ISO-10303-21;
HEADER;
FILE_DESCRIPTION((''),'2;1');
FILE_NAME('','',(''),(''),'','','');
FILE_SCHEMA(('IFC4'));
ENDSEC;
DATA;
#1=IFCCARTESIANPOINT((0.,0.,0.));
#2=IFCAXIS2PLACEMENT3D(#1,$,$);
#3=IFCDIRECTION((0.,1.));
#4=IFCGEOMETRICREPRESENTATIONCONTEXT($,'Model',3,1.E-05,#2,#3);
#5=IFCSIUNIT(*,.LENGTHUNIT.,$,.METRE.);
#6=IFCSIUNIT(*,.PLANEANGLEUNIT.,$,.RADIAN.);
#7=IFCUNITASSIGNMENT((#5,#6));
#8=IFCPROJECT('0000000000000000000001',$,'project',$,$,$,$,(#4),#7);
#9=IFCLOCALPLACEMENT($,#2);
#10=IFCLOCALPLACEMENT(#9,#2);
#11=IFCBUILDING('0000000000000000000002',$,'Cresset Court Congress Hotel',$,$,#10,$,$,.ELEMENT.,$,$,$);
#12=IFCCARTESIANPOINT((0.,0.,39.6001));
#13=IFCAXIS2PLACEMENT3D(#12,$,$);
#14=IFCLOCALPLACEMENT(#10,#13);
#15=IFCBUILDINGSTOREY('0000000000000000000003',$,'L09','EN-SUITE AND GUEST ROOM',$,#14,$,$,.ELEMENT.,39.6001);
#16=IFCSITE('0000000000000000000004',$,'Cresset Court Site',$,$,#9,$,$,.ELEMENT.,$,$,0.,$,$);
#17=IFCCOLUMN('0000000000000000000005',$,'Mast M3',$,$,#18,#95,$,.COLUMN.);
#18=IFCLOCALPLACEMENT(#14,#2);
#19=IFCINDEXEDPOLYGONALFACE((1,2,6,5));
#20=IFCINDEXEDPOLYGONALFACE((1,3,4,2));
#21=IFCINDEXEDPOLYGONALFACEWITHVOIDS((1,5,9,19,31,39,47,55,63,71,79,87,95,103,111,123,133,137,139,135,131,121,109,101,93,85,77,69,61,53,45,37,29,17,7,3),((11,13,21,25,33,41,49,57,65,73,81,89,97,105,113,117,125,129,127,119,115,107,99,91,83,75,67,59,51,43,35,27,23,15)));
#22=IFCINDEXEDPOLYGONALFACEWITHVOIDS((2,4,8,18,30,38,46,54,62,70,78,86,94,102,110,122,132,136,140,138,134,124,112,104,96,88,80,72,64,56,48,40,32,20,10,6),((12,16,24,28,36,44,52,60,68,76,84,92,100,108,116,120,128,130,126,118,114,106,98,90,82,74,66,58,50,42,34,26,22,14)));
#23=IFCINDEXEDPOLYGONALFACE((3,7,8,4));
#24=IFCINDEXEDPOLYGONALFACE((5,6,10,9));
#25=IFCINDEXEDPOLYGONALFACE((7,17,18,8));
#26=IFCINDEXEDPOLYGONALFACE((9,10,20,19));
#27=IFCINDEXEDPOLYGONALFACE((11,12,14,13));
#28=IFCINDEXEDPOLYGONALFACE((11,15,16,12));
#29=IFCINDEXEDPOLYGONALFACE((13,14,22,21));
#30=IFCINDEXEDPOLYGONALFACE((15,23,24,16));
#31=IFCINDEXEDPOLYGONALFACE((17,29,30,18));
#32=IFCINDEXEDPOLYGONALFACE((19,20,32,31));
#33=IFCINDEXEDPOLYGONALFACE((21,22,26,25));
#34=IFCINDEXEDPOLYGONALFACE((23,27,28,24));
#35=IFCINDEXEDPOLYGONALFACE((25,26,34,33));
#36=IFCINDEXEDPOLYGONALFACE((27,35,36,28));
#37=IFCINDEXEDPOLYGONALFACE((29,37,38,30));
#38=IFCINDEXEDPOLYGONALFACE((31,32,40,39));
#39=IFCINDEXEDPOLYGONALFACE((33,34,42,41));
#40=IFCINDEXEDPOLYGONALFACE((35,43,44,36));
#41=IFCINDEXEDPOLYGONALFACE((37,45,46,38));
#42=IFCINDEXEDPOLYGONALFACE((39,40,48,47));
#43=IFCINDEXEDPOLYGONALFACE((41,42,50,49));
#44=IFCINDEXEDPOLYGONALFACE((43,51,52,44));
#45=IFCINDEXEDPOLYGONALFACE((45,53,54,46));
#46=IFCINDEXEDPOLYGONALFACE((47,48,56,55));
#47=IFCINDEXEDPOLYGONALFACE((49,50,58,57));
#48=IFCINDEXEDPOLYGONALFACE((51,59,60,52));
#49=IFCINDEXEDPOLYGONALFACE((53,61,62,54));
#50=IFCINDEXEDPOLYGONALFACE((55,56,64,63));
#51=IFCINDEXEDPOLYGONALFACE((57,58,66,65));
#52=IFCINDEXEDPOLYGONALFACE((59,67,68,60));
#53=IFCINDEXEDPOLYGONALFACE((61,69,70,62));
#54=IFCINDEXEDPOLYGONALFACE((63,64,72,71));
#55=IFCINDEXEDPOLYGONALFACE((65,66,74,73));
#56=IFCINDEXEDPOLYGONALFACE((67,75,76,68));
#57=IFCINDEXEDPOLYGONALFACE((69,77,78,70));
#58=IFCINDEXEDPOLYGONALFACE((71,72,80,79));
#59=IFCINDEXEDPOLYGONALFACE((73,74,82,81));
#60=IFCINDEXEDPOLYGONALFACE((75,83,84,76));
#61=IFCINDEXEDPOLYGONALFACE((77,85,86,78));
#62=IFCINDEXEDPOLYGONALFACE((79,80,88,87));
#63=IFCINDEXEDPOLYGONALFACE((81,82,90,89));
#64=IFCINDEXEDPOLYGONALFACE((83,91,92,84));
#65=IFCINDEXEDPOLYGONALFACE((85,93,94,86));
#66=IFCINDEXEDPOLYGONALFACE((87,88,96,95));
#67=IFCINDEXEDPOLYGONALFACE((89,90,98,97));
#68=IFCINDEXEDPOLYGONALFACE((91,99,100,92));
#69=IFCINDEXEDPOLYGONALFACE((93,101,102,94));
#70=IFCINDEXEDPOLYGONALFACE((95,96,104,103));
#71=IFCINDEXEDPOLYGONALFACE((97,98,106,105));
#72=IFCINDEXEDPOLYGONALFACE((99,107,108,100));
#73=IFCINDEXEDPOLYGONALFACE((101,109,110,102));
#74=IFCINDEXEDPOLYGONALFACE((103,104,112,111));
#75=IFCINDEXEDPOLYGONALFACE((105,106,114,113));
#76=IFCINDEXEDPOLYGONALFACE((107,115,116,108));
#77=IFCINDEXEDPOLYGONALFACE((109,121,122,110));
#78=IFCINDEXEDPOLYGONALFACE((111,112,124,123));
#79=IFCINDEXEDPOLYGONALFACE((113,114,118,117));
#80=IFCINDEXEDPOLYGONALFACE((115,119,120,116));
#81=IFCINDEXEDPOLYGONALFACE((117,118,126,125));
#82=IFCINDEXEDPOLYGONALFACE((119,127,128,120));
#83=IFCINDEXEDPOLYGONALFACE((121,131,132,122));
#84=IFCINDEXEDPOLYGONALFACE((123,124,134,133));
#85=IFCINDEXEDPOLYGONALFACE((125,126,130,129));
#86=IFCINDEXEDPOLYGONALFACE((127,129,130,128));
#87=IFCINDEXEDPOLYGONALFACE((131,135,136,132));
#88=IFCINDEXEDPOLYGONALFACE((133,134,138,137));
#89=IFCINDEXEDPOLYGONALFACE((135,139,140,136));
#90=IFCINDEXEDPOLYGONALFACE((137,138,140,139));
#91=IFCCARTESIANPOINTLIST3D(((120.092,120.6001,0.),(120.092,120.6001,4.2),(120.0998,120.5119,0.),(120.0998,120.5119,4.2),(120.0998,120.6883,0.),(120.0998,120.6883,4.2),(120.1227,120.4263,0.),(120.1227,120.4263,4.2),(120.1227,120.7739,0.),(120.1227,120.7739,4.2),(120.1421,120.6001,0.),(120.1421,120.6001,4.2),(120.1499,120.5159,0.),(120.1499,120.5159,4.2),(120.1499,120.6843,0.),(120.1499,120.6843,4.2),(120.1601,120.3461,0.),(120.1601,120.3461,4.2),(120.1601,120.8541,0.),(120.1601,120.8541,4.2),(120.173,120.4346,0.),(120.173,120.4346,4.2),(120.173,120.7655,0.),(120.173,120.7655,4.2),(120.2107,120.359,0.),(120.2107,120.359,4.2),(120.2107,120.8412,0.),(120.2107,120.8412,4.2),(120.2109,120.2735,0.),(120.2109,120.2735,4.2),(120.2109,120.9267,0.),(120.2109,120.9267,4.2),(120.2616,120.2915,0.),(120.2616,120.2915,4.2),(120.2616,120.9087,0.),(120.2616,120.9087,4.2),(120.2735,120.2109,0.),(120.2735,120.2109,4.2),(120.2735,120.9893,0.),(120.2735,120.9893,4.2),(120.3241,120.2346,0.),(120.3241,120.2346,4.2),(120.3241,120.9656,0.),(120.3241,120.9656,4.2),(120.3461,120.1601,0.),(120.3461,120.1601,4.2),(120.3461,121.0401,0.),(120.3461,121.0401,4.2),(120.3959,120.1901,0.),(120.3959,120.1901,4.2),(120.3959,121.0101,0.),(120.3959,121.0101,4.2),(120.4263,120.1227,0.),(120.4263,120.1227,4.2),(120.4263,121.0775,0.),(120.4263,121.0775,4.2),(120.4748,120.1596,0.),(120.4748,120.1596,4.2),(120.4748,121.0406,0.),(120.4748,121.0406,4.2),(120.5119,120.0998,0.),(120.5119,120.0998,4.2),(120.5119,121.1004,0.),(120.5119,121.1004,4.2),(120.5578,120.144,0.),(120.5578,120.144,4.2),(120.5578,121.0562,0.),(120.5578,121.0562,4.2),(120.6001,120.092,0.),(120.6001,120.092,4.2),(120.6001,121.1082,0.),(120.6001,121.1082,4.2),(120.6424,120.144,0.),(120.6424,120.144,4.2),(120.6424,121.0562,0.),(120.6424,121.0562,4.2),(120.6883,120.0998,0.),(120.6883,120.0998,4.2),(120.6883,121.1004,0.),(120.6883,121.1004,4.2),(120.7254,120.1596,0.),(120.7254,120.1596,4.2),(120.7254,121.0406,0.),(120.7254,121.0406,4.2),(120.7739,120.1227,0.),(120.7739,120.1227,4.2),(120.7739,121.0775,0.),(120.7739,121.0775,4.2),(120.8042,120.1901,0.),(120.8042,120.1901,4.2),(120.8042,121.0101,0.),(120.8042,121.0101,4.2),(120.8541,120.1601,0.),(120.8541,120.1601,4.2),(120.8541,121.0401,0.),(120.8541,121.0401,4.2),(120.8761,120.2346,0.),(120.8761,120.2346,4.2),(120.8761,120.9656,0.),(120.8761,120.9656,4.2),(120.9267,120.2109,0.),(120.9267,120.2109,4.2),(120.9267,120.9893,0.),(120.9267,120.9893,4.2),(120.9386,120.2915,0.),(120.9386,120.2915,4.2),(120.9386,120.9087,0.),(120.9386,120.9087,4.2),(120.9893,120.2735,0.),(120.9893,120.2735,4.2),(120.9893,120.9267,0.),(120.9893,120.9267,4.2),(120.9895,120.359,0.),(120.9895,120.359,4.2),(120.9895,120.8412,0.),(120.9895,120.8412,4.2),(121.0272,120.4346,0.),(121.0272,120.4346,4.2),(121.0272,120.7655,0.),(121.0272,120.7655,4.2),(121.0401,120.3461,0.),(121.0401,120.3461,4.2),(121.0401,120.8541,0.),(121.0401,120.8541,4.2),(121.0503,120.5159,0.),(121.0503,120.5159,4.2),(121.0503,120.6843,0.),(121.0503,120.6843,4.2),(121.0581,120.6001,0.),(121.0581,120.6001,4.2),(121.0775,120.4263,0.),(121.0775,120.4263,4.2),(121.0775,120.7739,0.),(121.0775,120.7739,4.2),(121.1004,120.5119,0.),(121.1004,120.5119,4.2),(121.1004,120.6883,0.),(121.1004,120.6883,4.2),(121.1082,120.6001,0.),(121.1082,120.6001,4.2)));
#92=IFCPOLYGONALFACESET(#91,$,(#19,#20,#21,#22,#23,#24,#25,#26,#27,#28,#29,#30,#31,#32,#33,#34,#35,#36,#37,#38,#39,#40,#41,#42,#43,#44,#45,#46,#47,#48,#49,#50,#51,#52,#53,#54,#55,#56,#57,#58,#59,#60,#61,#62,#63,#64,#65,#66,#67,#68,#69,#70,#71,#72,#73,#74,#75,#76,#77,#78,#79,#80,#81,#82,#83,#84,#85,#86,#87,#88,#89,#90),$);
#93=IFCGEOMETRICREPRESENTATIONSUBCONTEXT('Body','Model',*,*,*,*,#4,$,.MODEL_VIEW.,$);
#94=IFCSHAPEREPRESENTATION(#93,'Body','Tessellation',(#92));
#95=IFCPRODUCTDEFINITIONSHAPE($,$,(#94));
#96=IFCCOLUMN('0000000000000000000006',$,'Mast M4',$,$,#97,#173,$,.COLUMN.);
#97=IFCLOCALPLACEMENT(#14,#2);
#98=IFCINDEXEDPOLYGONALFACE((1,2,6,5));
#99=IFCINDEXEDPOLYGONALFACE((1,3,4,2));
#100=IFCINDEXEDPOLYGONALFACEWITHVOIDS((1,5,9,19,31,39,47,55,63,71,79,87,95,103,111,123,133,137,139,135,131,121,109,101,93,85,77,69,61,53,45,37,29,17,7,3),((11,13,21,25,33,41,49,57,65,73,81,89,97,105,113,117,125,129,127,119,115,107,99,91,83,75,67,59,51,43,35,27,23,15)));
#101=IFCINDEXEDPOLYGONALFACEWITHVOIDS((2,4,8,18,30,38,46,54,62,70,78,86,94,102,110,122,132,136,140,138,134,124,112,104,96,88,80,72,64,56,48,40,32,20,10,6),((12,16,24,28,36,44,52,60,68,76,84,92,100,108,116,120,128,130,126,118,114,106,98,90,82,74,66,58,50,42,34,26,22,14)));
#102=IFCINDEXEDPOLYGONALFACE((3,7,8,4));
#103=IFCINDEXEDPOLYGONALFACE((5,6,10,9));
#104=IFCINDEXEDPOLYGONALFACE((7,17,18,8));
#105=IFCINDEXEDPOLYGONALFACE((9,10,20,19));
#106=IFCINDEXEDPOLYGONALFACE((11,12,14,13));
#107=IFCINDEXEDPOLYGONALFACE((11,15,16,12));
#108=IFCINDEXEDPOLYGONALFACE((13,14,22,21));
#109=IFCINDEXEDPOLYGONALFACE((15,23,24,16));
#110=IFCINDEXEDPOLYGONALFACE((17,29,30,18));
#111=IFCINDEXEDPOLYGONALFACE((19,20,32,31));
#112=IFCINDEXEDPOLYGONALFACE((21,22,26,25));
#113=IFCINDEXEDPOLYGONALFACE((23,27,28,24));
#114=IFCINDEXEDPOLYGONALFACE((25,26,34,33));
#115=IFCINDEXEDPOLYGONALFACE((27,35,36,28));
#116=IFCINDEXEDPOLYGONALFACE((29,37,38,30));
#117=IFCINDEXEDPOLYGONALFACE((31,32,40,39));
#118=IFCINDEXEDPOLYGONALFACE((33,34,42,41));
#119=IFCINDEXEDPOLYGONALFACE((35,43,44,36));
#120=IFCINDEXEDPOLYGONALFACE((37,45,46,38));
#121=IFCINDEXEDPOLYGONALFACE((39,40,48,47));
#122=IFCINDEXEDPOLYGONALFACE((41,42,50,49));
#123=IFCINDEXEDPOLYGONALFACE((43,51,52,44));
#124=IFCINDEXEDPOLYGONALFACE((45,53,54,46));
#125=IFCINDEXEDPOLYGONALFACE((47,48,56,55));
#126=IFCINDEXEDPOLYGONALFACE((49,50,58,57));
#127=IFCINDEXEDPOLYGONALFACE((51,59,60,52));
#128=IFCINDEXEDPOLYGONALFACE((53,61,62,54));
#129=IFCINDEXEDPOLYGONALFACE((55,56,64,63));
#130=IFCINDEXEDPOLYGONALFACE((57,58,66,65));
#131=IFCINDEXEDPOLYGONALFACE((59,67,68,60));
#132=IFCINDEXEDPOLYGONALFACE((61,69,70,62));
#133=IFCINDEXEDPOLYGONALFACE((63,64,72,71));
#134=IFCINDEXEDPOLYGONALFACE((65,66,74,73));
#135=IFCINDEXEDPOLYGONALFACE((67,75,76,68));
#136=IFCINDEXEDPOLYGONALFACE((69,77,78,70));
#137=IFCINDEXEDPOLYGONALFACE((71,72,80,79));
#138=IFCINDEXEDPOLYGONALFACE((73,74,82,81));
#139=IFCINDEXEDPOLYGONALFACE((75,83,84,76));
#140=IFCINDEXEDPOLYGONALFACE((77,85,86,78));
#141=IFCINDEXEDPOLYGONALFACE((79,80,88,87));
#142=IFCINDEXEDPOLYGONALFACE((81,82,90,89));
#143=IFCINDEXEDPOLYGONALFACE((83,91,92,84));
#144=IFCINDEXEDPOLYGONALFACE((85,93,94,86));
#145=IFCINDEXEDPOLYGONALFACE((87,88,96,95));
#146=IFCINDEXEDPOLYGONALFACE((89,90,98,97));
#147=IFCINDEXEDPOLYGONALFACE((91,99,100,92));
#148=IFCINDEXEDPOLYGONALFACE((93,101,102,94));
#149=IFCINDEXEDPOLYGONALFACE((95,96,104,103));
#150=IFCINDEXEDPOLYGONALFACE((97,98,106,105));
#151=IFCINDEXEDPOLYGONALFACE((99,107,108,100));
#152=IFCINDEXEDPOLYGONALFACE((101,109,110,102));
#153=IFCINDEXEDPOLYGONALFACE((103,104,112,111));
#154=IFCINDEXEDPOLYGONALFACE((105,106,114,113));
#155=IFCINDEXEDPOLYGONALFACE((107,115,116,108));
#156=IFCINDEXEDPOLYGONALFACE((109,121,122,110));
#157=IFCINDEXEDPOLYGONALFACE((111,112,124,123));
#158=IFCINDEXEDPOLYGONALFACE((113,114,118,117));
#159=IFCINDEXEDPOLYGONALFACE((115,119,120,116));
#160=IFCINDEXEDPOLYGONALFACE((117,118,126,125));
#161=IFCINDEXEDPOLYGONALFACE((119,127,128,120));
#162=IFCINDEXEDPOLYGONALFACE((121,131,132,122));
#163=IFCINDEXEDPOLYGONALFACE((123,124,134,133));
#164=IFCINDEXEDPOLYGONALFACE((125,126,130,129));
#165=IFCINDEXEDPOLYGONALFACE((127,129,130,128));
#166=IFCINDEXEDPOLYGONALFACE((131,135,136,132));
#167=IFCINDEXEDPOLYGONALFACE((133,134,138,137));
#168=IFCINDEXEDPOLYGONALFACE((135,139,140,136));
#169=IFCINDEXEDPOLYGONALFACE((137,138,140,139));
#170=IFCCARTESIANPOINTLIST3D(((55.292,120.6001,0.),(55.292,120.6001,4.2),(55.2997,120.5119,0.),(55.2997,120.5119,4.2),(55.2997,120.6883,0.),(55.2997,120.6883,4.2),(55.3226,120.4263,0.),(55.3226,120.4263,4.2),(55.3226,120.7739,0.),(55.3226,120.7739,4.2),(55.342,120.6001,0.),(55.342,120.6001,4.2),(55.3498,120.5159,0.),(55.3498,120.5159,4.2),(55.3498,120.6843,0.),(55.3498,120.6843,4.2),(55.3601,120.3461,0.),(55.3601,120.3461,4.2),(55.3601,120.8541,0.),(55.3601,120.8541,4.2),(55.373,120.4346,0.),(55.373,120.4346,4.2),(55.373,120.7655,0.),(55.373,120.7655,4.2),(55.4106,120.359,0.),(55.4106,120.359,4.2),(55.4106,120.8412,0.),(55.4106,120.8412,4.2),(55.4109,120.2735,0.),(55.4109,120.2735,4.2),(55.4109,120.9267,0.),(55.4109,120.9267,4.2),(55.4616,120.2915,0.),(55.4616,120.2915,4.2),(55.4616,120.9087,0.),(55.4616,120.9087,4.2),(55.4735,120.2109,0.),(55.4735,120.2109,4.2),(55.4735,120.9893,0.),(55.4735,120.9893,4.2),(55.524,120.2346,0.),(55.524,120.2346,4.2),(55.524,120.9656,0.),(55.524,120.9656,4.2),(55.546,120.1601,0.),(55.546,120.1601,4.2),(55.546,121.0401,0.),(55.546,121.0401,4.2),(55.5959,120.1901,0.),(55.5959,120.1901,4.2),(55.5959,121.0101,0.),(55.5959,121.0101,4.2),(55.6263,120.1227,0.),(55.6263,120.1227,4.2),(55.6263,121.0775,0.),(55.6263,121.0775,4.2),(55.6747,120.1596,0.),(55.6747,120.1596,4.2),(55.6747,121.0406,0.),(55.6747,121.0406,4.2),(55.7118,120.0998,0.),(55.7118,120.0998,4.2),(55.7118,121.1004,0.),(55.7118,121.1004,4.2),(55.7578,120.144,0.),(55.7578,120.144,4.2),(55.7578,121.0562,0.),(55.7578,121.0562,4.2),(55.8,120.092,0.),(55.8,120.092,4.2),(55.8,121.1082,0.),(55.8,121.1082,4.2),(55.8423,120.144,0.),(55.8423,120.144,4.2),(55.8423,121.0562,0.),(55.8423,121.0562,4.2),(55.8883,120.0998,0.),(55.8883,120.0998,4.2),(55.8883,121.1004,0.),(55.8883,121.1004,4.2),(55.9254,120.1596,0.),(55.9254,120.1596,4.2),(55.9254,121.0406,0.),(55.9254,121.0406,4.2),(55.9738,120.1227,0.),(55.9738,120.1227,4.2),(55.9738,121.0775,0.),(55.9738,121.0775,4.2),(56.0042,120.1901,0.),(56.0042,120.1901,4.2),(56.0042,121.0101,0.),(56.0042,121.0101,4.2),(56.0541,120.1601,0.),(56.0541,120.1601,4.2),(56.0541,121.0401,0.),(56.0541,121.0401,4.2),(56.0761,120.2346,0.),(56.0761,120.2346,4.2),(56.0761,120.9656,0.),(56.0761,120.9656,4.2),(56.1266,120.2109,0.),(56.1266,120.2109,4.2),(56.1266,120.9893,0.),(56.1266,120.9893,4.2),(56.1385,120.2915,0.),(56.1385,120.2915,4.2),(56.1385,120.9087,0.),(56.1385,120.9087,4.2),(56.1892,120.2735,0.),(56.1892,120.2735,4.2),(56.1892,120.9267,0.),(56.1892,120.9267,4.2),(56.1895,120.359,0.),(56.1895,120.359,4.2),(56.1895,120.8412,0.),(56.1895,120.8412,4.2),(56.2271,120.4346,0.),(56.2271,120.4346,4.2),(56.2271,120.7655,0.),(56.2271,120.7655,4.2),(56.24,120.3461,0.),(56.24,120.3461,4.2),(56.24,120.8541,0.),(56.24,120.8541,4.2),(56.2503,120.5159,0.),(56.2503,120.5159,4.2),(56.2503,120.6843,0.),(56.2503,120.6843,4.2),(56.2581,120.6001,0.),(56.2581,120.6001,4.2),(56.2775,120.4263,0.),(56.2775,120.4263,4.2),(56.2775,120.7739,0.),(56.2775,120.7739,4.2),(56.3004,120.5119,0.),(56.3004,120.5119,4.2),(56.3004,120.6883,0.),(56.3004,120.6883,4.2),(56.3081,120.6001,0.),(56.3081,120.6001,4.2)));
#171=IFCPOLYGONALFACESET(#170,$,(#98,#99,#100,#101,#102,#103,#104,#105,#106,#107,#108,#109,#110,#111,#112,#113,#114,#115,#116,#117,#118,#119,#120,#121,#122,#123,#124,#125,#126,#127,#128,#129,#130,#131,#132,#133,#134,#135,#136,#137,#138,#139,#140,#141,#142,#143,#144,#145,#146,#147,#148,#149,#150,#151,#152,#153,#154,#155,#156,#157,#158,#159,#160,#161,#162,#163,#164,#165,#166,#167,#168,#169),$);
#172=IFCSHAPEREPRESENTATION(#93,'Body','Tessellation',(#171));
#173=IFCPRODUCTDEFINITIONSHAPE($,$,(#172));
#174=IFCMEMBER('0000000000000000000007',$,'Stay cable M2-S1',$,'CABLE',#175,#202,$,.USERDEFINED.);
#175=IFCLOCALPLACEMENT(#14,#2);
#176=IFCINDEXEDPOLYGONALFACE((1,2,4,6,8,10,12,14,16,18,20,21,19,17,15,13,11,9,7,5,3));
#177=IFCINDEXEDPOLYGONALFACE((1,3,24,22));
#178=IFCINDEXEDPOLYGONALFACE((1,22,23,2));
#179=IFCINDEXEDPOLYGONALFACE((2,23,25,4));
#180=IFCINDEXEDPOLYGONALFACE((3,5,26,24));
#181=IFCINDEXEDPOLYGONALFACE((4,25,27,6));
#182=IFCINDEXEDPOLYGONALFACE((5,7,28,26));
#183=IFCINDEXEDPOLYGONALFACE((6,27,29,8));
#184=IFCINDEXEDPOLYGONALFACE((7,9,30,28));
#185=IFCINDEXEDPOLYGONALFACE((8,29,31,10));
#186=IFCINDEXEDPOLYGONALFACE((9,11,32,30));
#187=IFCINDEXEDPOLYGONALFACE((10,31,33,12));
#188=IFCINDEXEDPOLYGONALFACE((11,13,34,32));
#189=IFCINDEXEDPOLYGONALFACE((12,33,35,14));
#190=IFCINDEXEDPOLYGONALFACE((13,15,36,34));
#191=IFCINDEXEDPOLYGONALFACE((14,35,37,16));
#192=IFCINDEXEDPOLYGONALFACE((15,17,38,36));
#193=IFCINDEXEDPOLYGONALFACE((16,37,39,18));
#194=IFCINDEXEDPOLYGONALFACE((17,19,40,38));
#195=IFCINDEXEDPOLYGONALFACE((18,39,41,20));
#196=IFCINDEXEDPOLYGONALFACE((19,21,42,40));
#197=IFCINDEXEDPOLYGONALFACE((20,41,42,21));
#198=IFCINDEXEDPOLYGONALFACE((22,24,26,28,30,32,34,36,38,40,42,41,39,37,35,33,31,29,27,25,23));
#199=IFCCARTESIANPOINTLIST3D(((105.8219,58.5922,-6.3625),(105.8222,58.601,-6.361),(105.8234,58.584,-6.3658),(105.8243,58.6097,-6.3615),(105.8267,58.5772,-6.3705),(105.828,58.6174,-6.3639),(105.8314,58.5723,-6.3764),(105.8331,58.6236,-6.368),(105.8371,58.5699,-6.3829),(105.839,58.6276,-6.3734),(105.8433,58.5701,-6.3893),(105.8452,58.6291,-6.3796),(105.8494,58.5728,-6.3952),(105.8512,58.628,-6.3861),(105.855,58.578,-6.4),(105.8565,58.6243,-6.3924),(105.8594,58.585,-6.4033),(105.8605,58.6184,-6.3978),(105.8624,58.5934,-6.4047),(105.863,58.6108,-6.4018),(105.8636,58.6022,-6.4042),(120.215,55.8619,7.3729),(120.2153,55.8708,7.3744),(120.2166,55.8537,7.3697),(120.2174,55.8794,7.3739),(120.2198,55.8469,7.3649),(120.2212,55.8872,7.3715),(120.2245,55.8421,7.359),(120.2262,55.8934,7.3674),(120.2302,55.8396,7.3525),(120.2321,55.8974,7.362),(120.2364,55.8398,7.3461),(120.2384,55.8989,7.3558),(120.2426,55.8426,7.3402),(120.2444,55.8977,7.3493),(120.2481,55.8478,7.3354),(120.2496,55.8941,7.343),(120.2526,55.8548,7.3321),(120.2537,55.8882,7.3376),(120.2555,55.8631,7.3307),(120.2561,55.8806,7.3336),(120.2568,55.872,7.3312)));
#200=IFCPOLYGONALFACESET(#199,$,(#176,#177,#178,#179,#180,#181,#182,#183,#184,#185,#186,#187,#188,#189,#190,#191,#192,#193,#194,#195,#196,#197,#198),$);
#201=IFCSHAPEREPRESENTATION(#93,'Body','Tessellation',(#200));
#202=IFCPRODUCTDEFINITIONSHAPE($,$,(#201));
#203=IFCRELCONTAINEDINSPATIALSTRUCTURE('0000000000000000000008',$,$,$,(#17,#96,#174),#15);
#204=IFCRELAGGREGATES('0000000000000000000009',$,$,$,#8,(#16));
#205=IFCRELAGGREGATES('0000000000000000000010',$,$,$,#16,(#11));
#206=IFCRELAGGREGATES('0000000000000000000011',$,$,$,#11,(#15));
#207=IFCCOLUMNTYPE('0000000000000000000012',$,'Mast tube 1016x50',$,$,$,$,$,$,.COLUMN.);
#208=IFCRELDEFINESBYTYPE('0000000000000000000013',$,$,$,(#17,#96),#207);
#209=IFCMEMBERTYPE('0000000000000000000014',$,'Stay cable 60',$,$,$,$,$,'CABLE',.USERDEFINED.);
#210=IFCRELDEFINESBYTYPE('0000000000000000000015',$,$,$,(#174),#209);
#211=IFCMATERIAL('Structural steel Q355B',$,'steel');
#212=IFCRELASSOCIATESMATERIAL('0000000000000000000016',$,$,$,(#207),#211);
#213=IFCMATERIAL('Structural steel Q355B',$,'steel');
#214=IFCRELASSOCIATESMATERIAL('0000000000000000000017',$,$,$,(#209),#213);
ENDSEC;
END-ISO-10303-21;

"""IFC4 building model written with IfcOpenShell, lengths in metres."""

from ifc_helpers import new_model, si_unit, direction, frame, origin, origin_2d, place, context, subcontext, project, spatial, circle, hollow_circle, extrude, material, material_profile, profile_set, type_object, element, save


model = new_model("IFC4")

# Units and contexts
model_context = context("Model", 3, precision=1e-05, world=origin(), true_north=direction((0.0, 1.0)))
body_context = subcontext(model_context, "Body", "Model", "MODEL_VIEW")
ifc_project = project(units=[si_unit("LENGTHUNIT", "METRE"), si_unit("PLANEANGLEUNIT", "RADIAN")], contexts=[model_context])

# Site, building, storey
site_placement = place(None, origin())
site = spatial("IfcSite", under=ifc_project, at=site_placement, Name="Cresset Court Site", CompositionType="ELEMENT", RefElevation=0.0)
building_placement = place(site_placement, origin())
building = spatial("IfcBuilding", under=site, at=building_placement, Name="Cresset Court Congress Hotel", CompositionType="ELEMENT")
storey_placement = place(building_placement, frame((0.0, 0.0, 39.6001)))
storey = spatial("IfcBuildingStorey", under=building, at=storey_placement, Name="L09", Description="EN-SUITE AND GUEST ROOM", CompositionType="ELEMENT", Elevation=39.6001)

# Columns
ifc_material_1 = material(Name="Structural steel Q355B", Category="steel")
ifc_material_profile_1 = material_profile(ifc_material_1, hollow_circle(Radius=0.5081, WallThickness=0.05, at=origin_2d()), Name="CHS1016x50")
ifc_profile_set_1 = profile_set([ifc_material_profile_1], Name="Structural steel Q355B")
column_type = type_object("IfcColumnType", Name="Mast tube 1016x50", PredefinedType="COLUMN", material=ifc_profile_set_1)
for number, where, z_axis, x_axis, name in (
    (1, (120.6001, 120.6001, 0.0), (0.0, 0.0, 1.0), (1.0, 0.0, 0.0), "Mast M3"),
    (2, (55.8, 120.6001, 0.0), (0.0, 0.0, 1.0), (1.0, 0.0, 0.0), "Mast M4"),
):
    element("IfcColumn", number, at=place(storey_placement, frame(where, z_axis=z_axis, x_axis=x_axis)), inside=storey, type_object=column_type, Name=name, PredefinedType="COLUMN", context=body_context, shape_type="SweptSolid", body=[
        extrude(hollow_circle(Radius=0.5081, WallThickness=0.05, at=origin_2d()), origin(), (0.0, 0.0, 1.0), 4.2),
    ])

# Member
ifc_material_2 = material(Name="Structural steel Q355B", Category="steel")
ifc_material_profile_2 = material_profile(ifc_material_2, circle(Radius=0.03, at=origin_2d()), Name="CABLE60")
ifc_profile_set_2 = profile_set([ifc_material_profile_2], Name="Structural steel Q355B")
member_type = type_object("IfcMemberType", Name="Stay cable 60", ElementType="CABLE", PredefinedType="USERDEFINED", material=ifc_profile_set_2)
for number, where, z_axis, x_axis, name in (
    (3, (120.2358, 55.8691, 7.3525), (-0.716726, 0.135956, -0.683974), (-0.186367, -0.98248, 0.0), "Stay cable M2-S1"),
):
    element("IfcMember", number, at=place(storey_placement, frame(where, z_axis=z_axis, x_axis=x_axis)), inside=storey, type_object=member_type, Name=name, ObjectType="CABLE", PredefinedType="USERDEFINED", context=body_context, shape_type="SweptSolid", body=[
        extrude(circle(Radius=0.03, at=origin_2d()), origin(), (0.0, 0.0, 1.0), 20.0818),
    ])

save(model, "model.ifc")
